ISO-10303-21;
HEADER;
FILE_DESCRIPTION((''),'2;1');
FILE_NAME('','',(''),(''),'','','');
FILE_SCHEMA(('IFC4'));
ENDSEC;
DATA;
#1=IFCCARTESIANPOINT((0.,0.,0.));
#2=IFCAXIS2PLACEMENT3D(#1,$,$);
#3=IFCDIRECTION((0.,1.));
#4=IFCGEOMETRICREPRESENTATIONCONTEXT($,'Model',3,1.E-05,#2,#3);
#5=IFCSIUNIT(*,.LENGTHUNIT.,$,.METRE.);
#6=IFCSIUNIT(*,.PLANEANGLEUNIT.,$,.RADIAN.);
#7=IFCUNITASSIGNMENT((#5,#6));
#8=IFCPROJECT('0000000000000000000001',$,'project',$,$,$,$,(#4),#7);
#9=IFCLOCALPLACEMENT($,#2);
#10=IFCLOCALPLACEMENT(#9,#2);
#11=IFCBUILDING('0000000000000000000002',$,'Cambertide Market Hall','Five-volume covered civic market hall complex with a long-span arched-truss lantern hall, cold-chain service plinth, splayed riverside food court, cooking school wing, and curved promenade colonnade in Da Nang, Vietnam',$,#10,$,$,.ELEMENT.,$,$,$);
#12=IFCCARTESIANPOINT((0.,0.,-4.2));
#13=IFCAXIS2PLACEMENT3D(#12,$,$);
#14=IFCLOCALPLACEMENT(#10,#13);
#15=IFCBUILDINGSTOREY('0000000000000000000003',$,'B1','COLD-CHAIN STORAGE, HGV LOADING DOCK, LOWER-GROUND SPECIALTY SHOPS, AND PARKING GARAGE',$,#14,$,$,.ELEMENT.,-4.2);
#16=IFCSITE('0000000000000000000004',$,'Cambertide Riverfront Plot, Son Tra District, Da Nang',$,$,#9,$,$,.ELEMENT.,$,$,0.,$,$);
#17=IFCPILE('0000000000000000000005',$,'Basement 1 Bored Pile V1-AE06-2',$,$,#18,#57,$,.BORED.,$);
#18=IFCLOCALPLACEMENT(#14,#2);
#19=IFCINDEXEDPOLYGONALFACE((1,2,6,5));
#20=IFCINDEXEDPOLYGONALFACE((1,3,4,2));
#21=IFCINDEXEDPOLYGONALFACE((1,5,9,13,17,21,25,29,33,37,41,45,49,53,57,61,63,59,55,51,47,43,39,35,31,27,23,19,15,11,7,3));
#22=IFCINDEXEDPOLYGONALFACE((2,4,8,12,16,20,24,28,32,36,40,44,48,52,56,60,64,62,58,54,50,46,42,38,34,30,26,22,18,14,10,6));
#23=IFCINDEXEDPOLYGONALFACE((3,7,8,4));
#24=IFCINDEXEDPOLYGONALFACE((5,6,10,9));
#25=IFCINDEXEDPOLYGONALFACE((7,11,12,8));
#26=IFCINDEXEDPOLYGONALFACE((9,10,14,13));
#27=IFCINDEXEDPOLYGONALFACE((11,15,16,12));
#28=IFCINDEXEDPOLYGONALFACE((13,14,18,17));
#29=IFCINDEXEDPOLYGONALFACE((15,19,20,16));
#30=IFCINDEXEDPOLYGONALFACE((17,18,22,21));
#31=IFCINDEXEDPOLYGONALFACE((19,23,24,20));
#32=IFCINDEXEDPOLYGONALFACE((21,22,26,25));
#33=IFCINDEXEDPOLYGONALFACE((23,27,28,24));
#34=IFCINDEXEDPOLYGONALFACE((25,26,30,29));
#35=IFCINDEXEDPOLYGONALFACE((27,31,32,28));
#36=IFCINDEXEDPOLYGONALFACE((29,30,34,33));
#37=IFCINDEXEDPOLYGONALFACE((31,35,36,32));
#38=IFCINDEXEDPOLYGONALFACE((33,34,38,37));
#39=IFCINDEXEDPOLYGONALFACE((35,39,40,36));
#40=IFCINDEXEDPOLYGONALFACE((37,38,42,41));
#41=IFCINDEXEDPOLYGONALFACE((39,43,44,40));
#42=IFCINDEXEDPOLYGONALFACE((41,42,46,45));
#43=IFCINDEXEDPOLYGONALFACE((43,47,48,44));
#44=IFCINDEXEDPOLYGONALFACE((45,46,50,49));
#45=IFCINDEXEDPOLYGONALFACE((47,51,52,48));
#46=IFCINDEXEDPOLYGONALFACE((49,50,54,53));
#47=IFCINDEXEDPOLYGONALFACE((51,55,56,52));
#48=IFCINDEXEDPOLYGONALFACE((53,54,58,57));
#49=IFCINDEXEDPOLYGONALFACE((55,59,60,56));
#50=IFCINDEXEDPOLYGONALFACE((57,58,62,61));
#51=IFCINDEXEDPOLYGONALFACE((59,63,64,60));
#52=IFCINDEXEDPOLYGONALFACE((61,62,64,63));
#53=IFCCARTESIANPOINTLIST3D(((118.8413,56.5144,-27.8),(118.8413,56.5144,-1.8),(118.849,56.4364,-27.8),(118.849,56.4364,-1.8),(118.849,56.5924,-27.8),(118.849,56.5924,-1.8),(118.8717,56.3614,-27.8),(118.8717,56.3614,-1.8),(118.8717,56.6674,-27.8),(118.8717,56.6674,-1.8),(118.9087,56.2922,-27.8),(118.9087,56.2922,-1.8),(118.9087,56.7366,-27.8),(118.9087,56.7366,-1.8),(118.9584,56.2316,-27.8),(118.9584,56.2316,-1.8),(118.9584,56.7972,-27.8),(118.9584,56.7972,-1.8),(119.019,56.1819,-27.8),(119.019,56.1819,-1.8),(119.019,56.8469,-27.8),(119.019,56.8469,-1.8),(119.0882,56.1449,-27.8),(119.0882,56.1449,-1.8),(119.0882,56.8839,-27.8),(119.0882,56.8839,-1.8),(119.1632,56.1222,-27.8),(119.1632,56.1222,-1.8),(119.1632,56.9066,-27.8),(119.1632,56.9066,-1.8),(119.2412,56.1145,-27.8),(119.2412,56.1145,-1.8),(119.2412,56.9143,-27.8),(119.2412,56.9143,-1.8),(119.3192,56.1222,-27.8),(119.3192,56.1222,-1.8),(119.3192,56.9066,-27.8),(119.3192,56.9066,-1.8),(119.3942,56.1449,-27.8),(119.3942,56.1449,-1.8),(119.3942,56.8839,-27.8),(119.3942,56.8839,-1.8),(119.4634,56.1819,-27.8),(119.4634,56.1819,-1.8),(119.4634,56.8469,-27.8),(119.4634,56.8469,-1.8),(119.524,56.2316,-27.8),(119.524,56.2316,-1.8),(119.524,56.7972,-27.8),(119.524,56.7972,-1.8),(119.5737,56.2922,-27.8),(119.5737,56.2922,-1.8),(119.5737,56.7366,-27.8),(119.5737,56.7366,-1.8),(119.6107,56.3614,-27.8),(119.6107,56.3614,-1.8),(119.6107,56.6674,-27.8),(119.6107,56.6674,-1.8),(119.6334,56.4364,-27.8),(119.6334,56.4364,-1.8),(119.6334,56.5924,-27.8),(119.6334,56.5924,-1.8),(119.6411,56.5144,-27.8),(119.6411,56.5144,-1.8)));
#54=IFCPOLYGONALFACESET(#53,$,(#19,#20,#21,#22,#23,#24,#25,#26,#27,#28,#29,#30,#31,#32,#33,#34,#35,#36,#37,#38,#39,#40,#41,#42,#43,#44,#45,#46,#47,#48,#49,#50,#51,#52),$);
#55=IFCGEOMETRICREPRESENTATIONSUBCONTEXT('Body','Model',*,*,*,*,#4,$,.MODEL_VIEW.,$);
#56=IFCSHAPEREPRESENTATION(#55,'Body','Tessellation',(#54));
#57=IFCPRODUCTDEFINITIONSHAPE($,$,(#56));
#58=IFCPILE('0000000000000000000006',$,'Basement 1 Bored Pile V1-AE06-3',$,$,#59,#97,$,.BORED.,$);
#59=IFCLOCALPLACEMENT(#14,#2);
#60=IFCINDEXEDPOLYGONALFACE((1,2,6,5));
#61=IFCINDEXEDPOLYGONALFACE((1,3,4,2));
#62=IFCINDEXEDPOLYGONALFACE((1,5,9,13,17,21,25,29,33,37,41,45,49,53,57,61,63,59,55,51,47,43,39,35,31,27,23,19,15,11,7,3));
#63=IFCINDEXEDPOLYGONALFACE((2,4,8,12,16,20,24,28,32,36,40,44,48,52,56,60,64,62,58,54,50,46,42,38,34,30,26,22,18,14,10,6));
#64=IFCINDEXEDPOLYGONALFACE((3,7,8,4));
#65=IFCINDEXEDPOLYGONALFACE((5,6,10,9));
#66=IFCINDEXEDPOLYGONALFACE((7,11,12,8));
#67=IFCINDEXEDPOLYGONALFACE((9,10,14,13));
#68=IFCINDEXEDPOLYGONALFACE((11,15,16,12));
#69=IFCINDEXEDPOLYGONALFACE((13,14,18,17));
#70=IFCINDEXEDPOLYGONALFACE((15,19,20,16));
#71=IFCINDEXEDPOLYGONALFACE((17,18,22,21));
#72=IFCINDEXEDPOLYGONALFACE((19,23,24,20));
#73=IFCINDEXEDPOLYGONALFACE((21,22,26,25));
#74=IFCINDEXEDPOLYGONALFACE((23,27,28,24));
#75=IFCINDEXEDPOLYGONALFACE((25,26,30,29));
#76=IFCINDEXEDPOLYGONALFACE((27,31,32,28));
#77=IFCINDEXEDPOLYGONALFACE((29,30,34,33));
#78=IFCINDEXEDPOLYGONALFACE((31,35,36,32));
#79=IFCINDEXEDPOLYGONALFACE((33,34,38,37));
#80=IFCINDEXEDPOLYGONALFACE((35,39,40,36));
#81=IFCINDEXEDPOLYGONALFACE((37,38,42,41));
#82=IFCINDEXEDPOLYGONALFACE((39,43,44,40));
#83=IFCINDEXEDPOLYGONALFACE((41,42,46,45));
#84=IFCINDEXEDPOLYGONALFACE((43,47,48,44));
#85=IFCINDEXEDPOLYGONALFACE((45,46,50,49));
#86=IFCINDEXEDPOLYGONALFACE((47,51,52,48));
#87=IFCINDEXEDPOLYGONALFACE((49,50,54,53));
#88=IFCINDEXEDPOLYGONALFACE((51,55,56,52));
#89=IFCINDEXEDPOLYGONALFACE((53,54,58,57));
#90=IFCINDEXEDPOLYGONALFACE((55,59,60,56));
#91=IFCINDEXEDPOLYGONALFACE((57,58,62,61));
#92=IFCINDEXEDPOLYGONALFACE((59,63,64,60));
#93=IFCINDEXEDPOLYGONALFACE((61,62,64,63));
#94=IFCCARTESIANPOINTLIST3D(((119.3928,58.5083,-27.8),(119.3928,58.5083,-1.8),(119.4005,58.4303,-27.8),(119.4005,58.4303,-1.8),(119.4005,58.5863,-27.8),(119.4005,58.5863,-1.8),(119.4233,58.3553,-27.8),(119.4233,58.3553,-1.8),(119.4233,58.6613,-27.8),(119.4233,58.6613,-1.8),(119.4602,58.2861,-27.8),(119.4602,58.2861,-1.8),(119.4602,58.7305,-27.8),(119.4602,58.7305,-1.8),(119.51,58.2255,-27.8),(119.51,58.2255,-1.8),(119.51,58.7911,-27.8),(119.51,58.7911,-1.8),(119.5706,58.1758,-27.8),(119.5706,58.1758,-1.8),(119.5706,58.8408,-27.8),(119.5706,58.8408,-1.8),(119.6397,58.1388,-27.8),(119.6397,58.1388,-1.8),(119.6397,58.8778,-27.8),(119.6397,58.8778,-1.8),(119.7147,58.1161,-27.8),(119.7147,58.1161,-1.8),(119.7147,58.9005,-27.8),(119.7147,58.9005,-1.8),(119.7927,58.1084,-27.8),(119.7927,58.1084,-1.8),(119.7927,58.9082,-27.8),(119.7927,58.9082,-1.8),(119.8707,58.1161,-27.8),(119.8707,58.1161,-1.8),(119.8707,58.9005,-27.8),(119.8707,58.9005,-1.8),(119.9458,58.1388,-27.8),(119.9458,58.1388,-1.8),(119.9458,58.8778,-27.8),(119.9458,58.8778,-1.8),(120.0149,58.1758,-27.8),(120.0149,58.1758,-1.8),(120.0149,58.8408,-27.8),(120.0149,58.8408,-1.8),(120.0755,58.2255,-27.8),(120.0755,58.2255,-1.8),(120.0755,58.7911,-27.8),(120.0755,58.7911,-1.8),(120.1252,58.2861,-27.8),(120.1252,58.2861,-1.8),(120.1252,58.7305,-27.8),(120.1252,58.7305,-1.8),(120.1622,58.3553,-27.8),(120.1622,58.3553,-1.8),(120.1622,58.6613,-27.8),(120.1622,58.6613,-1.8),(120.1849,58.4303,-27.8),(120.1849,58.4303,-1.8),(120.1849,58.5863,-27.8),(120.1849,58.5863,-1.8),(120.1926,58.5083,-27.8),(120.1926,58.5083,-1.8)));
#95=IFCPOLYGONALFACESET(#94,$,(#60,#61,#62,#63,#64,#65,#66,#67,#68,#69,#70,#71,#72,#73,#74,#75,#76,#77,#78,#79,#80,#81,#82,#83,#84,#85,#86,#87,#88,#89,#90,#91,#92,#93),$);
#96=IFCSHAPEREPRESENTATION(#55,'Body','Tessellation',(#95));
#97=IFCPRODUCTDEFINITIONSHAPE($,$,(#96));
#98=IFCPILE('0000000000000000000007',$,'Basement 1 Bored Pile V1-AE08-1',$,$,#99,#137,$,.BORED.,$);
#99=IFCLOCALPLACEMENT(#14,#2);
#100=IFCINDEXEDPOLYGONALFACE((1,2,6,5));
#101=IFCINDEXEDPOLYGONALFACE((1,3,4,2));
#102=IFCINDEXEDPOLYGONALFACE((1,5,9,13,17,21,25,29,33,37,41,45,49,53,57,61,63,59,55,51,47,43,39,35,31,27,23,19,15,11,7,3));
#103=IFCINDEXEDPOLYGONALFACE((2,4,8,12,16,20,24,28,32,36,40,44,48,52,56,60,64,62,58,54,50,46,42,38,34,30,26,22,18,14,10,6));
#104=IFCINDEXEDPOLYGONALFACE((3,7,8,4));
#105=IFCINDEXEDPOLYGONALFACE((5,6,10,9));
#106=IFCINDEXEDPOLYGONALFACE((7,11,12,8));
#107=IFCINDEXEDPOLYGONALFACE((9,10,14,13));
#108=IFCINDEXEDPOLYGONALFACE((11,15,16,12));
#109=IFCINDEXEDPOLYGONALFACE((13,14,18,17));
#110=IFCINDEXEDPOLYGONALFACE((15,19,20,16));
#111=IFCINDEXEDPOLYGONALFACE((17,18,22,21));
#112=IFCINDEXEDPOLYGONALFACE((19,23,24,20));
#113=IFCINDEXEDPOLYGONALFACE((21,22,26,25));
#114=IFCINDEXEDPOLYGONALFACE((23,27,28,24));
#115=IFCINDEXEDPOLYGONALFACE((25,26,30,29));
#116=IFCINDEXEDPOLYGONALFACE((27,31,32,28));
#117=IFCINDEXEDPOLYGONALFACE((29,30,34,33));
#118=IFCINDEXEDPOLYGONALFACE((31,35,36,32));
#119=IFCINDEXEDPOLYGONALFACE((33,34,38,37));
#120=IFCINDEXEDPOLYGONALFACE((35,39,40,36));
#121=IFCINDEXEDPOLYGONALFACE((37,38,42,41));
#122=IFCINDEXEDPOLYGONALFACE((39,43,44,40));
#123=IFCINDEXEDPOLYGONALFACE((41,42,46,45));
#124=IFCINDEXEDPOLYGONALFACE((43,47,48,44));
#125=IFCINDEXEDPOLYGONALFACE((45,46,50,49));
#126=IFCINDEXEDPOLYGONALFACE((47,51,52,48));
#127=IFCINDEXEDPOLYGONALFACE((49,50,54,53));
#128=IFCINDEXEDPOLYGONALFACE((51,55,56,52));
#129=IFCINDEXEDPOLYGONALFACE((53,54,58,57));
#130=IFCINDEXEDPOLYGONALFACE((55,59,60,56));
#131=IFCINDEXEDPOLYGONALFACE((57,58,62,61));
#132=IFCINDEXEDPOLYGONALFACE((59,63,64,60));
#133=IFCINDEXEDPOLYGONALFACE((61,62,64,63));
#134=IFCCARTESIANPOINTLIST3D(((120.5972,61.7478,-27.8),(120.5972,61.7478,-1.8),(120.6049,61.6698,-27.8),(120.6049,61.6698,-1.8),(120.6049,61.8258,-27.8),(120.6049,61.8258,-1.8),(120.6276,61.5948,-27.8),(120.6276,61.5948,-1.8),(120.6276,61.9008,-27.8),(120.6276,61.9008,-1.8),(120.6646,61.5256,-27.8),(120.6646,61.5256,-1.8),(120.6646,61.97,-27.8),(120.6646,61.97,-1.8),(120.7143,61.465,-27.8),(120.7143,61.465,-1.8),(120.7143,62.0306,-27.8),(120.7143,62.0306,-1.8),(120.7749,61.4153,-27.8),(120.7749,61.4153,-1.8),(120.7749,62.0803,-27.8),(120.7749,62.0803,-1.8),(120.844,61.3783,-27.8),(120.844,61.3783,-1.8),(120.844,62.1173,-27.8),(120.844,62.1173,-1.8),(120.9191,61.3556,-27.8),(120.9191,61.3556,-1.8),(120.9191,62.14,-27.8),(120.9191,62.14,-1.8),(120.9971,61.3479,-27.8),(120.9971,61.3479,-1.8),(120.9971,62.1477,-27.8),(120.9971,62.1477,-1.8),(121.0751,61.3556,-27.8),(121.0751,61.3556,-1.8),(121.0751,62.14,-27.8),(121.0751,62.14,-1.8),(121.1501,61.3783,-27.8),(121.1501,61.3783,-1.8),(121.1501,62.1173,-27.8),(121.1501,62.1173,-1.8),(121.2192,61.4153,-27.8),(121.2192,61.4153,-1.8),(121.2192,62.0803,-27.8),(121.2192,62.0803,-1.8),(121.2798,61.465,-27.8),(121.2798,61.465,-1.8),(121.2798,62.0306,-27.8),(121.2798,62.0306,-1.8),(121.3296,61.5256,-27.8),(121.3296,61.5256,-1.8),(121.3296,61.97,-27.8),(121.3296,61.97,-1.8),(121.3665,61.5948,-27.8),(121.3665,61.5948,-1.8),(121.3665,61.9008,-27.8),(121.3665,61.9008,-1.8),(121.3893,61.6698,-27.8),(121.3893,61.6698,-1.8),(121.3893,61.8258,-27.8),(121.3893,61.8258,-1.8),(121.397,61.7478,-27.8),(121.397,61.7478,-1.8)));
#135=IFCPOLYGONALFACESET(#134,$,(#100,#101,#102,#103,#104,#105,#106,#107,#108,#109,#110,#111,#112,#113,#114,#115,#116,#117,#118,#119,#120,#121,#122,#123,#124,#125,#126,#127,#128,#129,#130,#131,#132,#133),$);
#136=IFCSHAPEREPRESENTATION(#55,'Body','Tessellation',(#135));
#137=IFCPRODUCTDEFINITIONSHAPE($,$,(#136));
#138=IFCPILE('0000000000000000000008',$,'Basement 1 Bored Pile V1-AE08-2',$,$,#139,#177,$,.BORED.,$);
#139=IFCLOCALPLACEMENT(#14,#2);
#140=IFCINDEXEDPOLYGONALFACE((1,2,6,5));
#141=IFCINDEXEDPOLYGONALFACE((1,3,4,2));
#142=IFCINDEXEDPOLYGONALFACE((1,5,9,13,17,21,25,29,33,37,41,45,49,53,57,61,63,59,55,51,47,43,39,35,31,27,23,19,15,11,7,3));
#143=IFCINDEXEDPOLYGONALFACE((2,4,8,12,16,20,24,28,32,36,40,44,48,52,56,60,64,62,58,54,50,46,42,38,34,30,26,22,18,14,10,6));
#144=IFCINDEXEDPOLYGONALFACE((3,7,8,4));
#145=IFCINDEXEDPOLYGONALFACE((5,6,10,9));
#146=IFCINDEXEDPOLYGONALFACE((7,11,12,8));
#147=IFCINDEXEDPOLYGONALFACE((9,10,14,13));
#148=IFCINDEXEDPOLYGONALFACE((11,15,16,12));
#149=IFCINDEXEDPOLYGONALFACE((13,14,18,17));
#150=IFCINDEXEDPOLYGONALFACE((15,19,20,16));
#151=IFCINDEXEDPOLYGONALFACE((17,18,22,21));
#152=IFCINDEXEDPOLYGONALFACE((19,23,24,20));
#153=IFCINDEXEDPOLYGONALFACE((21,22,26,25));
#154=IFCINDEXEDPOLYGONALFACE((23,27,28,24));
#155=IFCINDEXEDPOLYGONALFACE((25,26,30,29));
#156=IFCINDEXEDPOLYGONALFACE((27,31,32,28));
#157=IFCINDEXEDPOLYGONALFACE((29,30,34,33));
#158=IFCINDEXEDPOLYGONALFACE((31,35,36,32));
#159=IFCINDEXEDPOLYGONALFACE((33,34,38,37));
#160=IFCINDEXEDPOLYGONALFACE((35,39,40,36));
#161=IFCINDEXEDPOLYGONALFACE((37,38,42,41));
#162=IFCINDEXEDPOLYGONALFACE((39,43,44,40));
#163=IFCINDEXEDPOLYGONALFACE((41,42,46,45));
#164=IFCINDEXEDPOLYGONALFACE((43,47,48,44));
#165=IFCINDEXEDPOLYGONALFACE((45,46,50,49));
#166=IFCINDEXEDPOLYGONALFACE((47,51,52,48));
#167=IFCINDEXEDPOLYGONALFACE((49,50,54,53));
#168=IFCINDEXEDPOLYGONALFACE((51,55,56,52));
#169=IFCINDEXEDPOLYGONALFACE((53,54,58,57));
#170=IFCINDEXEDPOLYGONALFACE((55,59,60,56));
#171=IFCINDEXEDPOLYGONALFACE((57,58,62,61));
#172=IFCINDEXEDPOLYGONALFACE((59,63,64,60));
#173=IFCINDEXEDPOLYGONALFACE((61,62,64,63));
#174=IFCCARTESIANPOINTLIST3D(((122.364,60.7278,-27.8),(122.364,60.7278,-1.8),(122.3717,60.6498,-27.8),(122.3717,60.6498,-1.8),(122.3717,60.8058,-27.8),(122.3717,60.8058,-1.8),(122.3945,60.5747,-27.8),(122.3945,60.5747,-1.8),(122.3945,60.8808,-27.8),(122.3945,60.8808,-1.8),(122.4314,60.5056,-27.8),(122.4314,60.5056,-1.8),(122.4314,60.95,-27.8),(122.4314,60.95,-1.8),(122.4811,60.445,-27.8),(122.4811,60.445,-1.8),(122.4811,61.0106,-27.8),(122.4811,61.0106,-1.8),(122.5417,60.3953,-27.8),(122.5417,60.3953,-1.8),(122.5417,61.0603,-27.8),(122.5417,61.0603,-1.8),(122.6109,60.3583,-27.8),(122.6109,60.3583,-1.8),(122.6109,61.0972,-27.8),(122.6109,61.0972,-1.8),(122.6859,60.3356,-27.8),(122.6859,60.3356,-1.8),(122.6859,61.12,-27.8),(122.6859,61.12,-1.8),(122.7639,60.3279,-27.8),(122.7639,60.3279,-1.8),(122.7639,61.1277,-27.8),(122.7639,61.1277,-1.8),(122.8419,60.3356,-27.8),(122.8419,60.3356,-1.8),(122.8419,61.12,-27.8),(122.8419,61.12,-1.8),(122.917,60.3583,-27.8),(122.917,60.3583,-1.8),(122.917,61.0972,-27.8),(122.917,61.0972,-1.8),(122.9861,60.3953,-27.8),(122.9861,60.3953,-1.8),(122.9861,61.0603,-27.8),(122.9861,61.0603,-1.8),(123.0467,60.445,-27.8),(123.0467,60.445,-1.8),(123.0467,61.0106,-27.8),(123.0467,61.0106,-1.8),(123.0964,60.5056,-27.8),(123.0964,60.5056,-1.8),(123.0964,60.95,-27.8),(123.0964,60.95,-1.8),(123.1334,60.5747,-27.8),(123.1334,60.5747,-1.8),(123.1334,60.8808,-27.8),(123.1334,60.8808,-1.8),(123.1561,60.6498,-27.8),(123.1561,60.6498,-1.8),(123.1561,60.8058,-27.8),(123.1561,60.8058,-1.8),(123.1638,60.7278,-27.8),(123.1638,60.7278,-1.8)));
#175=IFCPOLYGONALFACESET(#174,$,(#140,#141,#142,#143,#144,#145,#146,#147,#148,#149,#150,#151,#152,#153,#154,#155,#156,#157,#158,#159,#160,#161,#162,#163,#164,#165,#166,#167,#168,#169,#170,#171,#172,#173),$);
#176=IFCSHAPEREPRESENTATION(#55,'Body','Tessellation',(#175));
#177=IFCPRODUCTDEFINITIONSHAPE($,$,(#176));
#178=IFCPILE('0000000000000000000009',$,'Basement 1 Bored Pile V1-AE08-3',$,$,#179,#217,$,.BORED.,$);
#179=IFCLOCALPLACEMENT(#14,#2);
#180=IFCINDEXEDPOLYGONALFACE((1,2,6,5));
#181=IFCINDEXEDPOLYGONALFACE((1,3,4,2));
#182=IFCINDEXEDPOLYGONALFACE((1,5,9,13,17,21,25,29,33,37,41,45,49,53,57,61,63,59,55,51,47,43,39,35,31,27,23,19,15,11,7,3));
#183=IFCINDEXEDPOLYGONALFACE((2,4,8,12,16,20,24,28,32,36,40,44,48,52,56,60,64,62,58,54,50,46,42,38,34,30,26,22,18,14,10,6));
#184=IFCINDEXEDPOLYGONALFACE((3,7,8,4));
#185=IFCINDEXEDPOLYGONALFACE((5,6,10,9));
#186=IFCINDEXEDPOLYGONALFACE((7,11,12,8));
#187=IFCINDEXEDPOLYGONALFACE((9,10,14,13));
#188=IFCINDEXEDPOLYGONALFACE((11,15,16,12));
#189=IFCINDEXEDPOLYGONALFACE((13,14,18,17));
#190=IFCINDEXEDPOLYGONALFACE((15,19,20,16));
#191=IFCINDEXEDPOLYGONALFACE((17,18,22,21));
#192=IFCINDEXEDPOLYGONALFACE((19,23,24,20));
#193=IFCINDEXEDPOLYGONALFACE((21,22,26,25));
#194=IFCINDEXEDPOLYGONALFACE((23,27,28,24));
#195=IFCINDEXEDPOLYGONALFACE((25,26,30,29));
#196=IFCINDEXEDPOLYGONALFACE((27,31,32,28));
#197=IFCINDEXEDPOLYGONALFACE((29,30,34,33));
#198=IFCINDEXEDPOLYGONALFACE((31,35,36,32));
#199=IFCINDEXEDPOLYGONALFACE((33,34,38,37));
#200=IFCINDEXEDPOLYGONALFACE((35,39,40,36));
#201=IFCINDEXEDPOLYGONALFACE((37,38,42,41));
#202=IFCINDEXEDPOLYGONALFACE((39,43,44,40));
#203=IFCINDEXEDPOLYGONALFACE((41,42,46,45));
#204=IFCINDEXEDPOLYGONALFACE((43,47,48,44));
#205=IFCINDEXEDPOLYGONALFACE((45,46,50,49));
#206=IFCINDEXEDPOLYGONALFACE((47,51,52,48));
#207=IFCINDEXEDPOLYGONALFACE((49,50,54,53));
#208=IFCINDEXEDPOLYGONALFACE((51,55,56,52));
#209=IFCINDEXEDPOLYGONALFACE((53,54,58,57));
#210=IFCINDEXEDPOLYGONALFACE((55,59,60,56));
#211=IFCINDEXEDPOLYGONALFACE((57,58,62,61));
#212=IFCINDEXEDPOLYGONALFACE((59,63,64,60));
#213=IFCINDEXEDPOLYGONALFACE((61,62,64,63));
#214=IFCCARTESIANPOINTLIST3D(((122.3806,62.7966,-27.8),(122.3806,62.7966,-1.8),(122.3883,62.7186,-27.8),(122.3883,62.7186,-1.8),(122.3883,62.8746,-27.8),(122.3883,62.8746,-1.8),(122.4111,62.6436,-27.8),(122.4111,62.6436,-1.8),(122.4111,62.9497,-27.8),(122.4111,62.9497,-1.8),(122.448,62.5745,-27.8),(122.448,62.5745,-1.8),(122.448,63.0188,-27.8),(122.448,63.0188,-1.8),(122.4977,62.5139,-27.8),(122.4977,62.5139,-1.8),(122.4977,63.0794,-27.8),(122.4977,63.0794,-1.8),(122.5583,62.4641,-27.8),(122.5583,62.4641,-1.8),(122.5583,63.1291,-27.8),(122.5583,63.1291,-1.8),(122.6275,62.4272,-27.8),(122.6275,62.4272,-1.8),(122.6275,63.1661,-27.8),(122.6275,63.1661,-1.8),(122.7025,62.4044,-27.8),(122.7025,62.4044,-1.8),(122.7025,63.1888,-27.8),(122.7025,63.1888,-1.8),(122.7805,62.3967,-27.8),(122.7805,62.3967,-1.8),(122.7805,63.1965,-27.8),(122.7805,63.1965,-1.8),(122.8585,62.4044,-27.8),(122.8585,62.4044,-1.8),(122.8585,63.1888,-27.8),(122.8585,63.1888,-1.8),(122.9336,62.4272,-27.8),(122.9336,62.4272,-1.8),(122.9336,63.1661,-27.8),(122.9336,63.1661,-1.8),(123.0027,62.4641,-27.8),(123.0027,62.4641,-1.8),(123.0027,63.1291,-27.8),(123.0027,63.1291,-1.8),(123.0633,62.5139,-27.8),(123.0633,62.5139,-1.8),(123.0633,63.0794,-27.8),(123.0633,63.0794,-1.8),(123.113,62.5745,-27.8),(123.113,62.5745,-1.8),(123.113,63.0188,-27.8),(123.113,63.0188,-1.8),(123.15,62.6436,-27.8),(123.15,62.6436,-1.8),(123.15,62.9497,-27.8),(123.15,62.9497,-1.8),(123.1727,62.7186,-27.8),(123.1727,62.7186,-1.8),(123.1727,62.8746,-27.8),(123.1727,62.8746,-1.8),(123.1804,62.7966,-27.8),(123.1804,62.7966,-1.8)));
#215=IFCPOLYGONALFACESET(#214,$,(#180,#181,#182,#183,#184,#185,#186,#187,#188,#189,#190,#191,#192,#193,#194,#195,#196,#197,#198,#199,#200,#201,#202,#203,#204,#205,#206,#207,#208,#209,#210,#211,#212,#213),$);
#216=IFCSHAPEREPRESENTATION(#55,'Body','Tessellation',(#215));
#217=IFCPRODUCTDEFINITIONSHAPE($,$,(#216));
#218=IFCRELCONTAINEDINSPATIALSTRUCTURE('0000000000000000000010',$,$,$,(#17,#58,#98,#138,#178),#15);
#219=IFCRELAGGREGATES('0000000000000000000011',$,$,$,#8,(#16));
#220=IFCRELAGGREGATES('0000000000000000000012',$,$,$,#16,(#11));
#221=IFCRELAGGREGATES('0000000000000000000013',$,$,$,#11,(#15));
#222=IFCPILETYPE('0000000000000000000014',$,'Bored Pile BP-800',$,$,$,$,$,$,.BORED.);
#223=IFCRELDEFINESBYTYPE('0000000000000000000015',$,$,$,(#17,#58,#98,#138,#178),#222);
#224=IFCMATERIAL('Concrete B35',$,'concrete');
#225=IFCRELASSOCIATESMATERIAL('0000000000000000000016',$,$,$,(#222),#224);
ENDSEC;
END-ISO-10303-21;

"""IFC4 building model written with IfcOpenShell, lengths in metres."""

from ifc_helpers import new_model, si_unit, direction, frame, origin, origin_2d, place, context, subcontext, project, spatial, circle, extrude, material, material_profile, profile_set, type_object, element, save


model = new_model("IFC4")

# Units and contexts
model_context = context("Model", 3, precision=1e-05, world=origin(), true_north=direction((0.0, 1.0)))
body_context = subcontext(model_context, "Body", "Model", "MODEL_VIEW")
ifc_project = project(units=[si_unit("LENGTHUNIT", "METRE"), si_unit("PLANEANGLEUNIT", "RADIAN")], contexts=[model_context])

# Site, building, storey
site_placement = place(None, origin())
site = spatial("IfcSite", under=ifc_project, at=site_placement, Name="Cambertide Riverfront Plot, Son Tra District, Da Nang", CompositionType="ELEMENT", RefElevation=0.0)
building_placement = place(site_placement, origin())
building = spatial("IfcBuilding", under=site, at=building_placement, Name="Cambertide Market Hall", Description="Five-volume covered civic market hall complex with a long-span arched-truss lantern hall, cold-chain service plinth, splayed riverside food court, cooking school wing, and curved promenade colonnade in Da Nang, Vietnam", CompositionType="ELEMENT")
storey_placement = place(building_placement, frame((0.0, 0.0, -4.2)))
storey = spatial("IfcBuildingStorey", under=building, at=storey_placement, Name="B1", Description="COLD-CHAIN STORAGE, HGV LOADING DOCK, LOWER-GROUND SPECIALTY SHOPS, AND PARKING GARAGE", CompositionType="ELEMENT", Elevation=-4.2)

# Piles
ifc_material_1 = material(Name="Concrete B35", Category="concrete")
ifc_material_profile_1 = material_profile(ifc_material_1, circle(Radius=0.3999, at=origin_2d()), Name="BP D800")
ifc_profile_set_1 = profile_set([ifc_material_profile_1], Name="Concrete B35")
pile_type_1 = type_object("IfcPileType", Name="Bored Pile BP-800", PredefinedType="BORED", material=ifc_profile_set_1)
for number, where, z_axis, x_axis, name in (
    (1, (119.2412, 56.5144, -1.8), (0.0, 0.0, -1.0), (1.0, 0.0, 0.0), "Basement 1 Bored Pile V1-AE06-2"),
    (2, (119.7927, 58.5083, -1.8), (0.0, 0.0, -1.0), (1.0, 0.0, 0.0), "Basement 1 Bored Pile V1-AE06-3"),
    (3, (120.9971, 61.7478, -1.8), (0.0, 0.0, -1.0), (1.0, 0.0, 0.0), "Basement 1 Bored Pile V1-AE08-1"),
    (4, (122.7639, 60.7278, -1.8), (0.0, 0.0, -1.0), (1.0, 0.0, 0.0), "Basement 1 Bored Pile V1-AE08-2"),
    (5, (122.7805, 62.7966, -1.8), (0.0, 0.0, -1.0), (1.0, 0.0, 0.0), "Basement 1 Bored Pile V1-AE08-3"),
):
    element("IfcPile", number, at=place(storey_placement, frame(where, z_axis=z_axis, x_axis=x_axis)), inside=storey, type_object=pile_type_1, Name=name, PredefinedType="BORED", context=body_context, shape_type="SweptSolid", body=[
        extrude(circle(Radius=0.3999, at=origin_2d()), origin(), (0.0, 0.0, 1.0), 26.0),
    ])

save(model, "model.ifc")
